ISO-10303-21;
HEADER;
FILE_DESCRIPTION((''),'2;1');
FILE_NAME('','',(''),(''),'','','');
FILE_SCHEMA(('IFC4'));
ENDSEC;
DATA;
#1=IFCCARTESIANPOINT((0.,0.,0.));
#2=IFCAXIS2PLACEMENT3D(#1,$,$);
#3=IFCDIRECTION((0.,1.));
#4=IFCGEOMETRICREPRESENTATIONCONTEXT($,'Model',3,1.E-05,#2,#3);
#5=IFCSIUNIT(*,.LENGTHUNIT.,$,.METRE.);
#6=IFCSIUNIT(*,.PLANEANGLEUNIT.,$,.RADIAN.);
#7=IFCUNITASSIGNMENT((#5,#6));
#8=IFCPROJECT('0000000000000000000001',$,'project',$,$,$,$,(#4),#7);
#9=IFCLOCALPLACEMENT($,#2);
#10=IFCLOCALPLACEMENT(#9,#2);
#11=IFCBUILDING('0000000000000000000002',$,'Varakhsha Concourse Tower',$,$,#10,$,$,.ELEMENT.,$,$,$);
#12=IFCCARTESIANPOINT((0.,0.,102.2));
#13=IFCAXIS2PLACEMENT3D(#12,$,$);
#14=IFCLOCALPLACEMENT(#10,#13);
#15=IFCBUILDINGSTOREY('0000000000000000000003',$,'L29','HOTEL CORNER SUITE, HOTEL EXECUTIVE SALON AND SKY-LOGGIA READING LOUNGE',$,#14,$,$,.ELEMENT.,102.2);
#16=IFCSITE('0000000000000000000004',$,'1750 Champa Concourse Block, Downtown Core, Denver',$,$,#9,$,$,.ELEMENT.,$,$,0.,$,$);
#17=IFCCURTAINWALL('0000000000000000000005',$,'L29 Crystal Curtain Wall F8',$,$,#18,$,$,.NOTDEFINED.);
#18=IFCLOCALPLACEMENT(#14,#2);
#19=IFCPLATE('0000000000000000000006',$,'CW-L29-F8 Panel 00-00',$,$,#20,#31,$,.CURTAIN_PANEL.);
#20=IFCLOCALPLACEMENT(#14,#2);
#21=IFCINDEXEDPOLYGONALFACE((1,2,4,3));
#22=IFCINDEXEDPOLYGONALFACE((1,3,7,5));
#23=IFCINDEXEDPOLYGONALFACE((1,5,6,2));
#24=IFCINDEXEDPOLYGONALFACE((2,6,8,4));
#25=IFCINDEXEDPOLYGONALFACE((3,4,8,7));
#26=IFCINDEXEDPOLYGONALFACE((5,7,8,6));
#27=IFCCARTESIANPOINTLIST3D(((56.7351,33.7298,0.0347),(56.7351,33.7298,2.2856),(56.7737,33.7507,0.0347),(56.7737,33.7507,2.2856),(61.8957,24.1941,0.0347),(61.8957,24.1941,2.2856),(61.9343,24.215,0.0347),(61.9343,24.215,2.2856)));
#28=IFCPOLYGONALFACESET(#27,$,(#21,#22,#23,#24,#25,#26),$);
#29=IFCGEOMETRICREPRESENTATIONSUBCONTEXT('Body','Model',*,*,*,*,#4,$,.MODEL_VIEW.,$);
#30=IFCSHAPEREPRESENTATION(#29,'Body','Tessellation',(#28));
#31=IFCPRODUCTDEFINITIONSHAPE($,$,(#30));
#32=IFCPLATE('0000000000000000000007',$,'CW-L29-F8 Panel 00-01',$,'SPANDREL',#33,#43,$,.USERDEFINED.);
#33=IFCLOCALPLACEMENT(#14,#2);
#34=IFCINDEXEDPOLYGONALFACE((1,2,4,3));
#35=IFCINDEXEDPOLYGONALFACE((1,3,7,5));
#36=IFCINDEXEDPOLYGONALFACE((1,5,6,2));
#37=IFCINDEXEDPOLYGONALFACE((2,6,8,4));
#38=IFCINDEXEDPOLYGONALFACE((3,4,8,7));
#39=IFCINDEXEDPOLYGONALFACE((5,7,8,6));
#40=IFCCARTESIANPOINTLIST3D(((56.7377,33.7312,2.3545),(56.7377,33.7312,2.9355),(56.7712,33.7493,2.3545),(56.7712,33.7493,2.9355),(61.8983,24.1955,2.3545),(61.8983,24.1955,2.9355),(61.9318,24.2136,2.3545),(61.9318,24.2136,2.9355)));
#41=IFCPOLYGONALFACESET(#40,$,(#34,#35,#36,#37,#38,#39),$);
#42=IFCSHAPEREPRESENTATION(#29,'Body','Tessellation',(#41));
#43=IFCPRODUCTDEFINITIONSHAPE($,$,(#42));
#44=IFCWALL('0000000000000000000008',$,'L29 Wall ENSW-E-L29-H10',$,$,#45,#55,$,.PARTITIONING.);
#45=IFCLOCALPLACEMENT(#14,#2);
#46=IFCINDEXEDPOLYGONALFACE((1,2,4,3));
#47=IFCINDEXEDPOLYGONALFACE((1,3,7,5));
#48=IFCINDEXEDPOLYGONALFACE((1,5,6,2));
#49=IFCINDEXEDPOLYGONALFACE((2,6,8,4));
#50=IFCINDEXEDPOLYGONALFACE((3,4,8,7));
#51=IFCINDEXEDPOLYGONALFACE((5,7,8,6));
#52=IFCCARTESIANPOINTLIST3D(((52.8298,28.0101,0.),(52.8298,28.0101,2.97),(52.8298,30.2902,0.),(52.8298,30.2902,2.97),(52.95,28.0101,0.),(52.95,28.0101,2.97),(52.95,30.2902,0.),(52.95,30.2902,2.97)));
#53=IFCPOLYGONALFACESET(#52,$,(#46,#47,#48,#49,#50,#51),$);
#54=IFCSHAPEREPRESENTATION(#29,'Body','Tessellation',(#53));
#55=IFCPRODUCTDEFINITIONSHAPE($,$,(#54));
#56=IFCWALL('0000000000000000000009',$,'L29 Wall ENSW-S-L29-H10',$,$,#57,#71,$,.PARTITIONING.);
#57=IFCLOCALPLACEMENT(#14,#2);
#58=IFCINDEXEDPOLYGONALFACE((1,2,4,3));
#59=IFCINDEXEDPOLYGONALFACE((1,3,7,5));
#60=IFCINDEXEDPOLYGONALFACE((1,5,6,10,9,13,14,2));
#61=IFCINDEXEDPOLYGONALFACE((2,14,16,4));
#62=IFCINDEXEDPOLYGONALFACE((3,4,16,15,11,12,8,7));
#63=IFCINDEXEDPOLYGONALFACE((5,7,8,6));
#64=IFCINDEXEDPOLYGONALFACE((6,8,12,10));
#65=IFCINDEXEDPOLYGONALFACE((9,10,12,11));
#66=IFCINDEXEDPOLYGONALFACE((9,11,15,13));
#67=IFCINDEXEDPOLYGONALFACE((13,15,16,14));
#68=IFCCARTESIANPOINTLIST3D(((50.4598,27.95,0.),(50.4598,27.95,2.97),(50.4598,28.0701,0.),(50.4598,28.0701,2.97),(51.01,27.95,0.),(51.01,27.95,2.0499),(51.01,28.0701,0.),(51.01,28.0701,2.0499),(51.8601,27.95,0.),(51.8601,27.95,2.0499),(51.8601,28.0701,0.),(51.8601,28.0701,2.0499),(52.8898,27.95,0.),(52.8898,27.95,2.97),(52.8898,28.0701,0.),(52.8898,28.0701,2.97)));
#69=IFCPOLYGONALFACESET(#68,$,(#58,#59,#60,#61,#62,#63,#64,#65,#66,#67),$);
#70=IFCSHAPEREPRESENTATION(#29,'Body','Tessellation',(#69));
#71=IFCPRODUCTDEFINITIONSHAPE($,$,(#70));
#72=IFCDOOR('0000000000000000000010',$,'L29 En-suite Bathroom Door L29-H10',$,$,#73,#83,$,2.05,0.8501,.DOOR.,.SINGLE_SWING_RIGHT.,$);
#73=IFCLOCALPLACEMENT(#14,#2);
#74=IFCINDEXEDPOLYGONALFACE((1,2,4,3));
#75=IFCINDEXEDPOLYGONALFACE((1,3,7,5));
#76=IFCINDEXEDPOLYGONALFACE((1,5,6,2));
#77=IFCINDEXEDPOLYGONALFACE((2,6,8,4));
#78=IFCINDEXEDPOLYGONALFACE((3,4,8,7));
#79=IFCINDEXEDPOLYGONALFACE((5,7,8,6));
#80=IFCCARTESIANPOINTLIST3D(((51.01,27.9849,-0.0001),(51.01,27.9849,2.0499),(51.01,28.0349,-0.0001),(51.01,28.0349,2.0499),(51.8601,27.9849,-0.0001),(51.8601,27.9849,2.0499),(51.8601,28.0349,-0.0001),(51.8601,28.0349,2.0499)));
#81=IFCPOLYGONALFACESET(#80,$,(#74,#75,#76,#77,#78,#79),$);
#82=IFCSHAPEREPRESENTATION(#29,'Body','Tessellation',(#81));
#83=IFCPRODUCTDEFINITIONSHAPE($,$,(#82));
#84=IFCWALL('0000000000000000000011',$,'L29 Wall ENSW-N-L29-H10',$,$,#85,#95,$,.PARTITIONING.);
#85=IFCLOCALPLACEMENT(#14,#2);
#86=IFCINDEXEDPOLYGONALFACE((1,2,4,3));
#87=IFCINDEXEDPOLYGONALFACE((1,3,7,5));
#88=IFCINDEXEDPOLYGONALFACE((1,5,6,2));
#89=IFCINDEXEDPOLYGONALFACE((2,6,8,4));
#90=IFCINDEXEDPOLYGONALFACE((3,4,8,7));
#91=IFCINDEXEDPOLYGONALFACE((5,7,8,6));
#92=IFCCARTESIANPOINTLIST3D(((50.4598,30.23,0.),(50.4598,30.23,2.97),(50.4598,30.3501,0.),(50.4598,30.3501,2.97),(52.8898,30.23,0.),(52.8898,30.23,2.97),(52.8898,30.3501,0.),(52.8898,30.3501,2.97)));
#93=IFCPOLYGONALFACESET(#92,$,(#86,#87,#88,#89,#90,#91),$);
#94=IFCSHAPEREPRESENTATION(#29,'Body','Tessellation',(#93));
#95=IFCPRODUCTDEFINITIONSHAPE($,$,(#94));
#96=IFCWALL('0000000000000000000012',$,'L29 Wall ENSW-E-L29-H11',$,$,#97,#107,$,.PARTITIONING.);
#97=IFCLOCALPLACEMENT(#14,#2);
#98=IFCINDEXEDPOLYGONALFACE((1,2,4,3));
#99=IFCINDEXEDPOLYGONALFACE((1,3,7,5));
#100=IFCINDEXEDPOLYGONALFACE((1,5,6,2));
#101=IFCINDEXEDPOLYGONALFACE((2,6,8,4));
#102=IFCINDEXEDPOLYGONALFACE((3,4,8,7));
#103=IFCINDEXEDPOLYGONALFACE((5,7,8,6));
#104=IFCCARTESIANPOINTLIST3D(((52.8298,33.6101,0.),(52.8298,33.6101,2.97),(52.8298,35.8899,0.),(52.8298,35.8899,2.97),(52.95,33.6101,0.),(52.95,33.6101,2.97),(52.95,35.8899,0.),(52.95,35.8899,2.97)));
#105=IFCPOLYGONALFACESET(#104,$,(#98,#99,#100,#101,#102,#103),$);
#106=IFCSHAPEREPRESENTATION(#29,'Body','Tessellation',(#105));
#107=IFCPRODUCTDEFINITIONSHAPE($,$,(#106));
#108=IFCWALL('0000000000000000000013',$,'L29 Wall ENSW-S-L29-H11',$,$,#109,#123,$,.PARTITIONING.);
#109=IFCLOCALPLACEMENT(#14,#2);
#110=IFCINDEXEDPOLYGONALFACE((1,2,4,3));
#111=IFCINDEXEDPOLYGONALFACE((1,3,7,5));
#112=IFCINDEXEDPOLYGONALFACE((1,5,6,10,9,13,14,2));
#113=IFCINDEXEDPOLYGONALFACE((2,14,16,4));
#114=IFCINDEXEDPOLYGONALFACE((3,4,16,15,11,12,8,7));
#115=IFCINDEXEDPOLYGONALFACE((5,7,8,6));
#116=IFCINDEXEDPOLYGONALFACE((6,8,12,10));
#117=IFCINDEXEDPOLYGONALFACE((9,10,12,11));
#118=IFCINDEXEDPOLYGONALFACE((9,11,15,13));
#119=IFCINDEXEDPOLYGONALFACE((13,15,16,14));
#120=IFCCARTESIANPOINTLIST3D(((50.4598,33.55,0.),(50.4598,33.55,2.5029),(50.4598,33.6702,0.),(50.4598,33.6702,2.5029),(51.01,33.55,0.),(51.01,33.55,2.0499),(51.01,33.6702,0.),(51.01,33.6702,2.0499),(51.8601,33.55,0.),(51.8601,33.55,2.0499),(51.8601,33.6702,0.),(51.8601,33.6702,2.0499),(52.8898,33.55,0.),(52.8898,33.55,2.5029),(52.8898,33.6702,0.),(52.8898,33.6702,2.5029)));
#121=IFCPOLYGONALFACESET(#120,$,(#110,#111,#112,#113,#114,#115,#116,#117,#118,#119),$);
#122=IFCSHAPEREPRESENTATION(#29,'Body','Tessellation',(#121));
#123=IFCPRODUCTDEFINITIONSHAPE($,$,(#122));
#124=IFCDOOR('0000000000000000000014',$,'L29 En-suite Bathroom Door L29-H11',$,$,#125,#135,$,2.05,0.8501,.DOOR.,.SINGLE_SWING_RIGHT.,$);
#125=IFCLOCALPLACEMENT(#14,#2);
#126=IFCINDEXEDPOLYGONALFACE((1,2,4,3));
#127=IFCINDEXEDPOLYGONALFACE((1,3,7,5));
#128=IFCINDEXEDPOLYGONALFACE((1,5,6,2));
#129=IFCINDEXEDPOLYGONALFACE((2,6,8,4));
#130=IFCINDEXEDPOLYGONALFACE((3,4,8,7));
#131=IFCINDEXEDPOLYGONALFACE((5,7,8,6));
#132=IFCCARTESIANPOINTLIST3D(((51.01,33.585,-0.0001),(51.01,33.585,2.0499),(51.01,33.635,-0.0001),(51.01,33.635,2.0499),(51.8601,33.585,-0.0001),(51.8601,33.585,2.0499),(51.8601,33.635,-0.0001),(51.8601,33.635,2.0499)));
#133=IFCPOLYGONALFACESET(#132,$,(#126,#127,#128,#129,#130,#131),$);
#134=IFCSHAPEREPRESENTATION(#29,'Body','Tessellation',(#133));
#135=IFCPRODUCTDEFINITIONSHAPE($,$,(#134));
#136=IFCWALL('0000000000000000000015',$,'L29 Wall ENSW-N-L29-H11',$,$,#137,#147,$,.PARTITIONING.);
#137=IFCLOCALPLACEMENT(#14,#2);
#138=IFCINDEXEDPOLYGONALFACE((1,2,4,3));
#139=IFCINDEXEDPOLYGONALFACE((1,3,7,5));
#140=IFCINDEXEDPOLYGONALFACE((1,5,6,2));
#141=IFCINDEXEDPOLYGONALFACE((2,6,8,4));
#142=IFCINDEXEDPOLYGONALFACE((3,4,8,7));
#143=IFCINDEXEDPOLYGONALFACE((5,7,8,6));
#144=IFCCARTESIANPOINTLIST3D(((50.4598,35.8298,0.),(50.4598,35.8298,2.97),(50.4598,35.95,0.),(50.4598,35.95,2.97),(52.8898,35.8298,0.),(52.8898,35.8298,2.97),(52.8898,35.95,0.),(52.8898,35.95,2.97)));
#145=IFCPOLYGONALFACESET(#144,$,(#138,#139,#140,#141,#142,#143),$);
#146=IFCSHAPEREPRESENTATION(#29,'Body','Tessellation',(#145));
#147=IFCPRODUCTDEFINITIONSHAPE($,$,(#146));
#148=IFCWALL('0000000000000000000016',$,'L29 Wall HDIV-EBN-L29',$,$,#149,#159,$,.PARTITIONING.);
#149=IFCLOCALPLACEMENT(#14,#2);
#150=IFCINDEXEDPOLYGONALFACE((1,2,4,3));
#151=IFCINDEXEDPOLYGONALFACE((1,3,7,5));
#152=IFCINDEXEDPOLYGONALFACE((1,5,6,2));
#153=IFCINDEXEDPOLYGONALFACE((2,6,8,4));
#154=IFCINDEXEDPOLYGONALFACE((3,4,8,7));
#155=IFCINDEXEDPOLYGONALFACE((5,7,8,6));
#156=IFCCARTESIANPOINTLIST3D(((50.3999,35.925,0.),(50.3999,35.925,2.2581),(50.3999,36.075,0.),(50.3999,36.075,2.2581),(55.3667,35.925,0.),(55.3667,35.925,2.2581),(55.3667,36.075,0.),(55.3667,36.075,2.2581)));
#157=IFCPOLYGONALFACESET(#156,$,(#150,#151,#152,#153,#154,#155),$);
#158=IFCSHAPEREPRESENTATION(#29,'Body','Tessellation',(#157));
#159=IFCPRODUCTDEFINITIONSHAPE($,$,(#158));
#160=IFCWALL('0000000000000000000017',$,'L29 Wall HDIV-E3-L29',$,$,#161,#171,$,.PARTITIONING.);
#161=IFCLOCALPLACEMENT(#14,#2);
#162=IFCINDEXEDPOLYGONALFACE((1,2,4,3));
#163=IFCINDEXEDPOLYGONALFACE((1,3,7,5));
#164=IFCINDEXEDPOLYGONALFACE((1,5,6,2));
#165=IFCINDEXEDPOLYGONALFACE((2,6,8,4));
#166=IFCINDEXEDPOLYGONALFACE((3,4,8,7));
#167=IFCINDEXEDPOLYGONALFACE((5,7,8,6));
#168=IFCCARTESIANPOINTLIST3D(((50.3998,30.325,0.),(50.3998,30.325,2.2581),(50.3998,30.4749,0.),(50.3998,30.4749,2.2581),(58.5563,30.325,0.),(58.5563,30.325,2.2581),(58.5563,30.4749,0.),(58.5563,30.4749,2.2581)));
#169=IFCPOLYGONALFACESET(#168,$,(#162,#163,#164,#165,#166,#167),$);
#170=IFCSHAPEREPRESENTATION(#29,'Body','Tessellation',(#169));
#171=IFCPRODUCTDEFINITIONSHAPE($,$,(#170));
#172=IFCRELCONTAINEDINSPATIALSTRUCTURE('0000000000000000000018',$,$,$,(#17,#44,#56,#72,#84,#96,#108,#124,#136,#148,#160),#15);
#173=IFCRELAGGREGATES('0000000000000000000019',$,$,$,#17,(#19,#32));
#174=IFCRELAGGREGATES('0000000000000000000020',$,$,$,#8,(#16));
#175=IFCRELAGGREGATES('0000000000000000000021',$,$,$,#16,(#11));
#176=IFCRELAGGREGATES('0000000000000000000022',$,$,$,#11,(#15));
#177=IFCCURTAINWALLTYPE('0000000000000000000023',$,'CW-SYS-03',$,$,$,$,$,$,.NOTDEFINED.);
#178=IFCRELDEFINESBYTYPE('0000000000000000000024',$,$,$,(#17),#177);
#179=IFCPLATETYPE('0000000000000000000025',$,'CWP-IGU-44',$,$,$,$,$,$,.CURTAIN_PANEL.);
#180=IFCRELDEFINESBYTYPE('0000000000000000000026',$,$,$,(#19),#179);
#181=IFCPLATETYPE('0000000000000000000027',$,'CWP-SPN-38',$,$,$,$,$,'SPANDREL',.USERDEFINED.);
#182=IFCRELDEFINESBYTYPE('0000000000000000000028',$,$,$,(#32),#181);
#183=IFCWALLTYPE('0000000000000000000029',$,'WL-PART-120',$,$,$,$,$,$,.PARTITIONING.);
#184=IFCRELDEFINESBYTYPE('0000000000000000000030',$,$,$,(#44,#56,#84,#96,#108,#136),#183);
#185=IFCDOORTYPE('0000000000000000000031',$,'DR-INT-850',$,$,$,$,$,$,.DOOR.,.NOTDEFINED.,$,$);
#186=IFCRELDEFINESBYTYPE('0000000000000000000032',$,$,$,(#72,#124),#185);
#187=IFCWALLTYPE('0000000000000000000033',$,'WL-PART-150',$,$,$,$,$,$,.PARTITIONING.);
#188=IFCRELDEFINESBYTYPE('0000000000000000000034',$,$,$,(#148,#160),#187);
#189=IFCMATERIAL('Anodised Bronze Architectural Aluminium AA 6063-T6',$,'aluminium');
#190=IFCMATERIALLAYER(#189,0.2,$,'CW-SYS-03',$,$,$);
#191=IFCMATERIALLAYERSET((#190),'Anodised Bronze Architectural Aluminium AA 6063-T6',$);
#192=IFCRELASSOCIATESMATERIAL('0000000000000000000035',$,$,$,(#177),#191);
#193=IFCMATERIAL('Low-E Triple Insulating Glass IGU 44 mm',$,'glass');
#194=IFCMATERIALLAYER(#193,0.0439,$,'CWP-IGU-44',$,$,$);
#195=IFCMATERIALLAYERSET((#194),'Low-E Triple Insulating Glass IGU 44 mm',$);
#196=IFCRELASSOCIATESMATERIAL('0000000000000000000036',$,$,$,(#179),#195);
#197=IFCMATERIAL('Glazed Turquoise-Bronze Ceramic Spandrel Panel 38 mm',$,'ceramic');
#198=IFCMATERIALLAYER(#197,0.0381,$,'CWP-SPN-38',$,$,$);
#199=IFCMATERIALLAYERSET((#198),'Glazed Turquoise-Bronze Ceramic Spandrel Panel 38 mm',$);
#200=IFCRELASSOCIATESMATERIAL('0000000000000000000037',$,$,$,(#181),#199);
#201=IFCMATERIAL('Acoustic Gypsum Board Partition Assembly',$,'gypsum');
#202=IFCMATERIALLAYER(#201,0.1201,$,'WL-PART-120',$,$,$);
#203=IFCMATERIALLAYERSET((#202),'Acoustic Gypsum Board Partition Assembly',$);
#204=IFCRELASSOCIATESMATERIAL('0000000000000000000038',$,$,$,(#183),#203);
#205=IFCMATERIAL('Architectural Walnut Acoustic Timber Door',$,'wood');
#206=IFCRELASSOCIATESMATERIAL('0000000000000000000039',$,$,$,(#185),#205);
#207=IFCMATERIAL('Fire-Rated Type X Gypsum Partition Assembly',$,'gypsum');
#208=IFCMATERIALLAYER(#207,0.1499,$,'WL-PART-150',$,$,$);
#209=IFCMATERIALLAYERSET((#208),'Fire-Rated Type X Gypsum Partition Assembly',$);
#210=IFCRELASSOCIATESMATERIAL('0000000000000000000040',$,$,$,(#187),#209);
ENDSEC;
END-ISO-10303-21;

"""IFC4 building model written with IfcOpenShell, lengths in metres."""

from ifc_helpers import new_model, si_unit, direction, frame, frame_2d, origin, origin_2d, place, context, subcontext, project, spatial, rectangle, extrude, source, transform, mapped, material, layer, layer_set, type_object, type_shapes, element, fill, aggregate, save


model = new_model("IFC4")

# Units and contexts
model_context = context("Model", 3, precision=1e-05, world=origin(), true_north=direction((0.0, 1.0)))
body_context = subcontext(model_context, "Body", "Model", "MODEL_VIEW")
ifc_project = project(units=[si_unit("LENGTHUNIT", "METRE"), si_unit("PLANEANGLEUNIT", "RADIAN")], contexts=[model_context])

# Site, building, storey
site_placement = place(None, origin())
site = spatial("IfcSite", under=ifc_project, at=site_placement, Name="1750 Champa Concourse Block, Downtown Core, Denver", CompositionType="ELEMENT", RefElevation=0.0)
building_placement = place(site_placement, origin())
building = spatial("IfcBuilding", under=site, at=building_placement, Name="Varakhsha Concourse Tower", CompositionType="ELEMENT")
storey_placement = place(building_placement, frame((0.0, 0.0, 102.2)))
storey = spatial("IfcBuildingStorey", under=building, at=storey_placement, Name="L29", Description="HOTEL CORNER SUITE, HOTEL EXECUTIVE SALON AND SKY-LOGGIA READING LOUNGE", CompositionType="ELEMENT", Elevation=102.2)

# Curtain wall
ifc_material_1 = material(Name="Anodised Bronze Architectural Aluminium AA 6063-T6", Category="aluminium")
ifc_layer_1 = layer(ifc_material_1, 0.2, Name="CW-SYS-03")
ifc_layer_set_1 = layer_set([ifc_layer_1], Name="Anodised Bronze Architectural Aluminium AA 6063-T6")
curtain_wall_type = type_object("IfcCurtainWallType", Name="CW-SYS-03", PredefinedType="NOTDEFINED", material=ifc_layer_set_1)
curtain_wall_1_placement = place(storey_placement, origin())
curtain_wall_1 = element("IfcCurtainWall", 1, at=curtain_wall_1_placement, inside=storey, type_object=curtain_wall_type, Name="L29 Crystal Curtain Wall F8", PredefinedType="NOTDEFINED")

# Plates
ifc_material_2 = material(Name="Low-E Triple Insulating Glass IGU 44 mm", Category="glass")
ifc_layer_2 = layer(ifc_material_2, 0.0439, Name="CWP-IGU-44")
ifc_layer_set_2 = layer_set([ifc_layer_2], Name="Low-E Triple Insulating Glass IGU 44 mm")
plate_type_1 = type_object("IfcPlateType", Name="CWP-IGU-44", PredefinedType="CURTAIN_PANEL", material=ifc_layer_set_2)
shared_shape_1 = source(origin(), body_context, "Body", "SweptSolid", [
    extrude(rectangle(XDim=10.8425, YDim=0.0439, at=origin_2d()), origin(), (0.0, 0.0, 1.0), 2.251),
])
type_shapes(plate_type_1, [shared_shape_1])
plate_1_placement = place(storey_placement, frame((59.3347, 28.9724, 0.0347), z_axis=(0.0, 0.0, 1.0), x_axis=(0.475959, -0.879468, 0.0)))
plate_1 = element("IfcPlate", 2, at=plate_1_placement, type_object=plate_type_1, Name="CW-L29-F8 Panel 00-00", PredefinedType="CURTAIN_PANEL", context=body_context, shape_type="MappedRepresentation", body=[
    mapped(shared_shape_1, transform((0.0, 0.0, 0.0), scale=1.0)),
])
ifc_material_3 = material(Name="Glazed Turquoise-Bronze Ceramic Spandrel Panel 38 mm", Category="ceramic")
ifc_layer_3 = layer(ifc_material_3, 0.0381, Name="CWP-SPN-38")
ifc_layer_set_3 = layer_set([ifc_layer_3], Name="Glazed Turquoise-Bronze Ceramic Spandrel Panel 38 mm")
plate_type_2 = type_object("IfcPlateType", Name="CWP-SPN-38", ElementType="SPANDREL", PredefinedType="USERDEFINED", material=ifc_layer_set_3)
shared_shape_2 = source(origin(), body_context, "Body", "SweptSolid", [
    extrude(rectangle(XDim=10.8425, YDim=0.0381, at=origin_2d()), origin(), (0.0, 0.0, 1.0), 0.5811),
])
type_shapes(plate_type_2, [shared_shape_2])
plate_2_placement = place(storey_placement, frame((59.3347, 28.9724, 2.3545), z_axis=(0.0, 0.0, 1.0), x_axis=(0.475959, -0.879468, 0.0)))
plate_2 = element("IfcPlate", 3, at=plate_2_placement, type_object=plate_type_2, Name="CW-L29-F8 Panel 00-01", ObjectType="SPANDREL", PredefinedType="USERDEFINED", context=body_context, shape_type="MappedRepresentation", body=[
    mapped(shared_shape_2, transform((0.0, 0.0, 0.0), scale=1.0)),
])
aggregate(curtain_wall_1, [plate_1, plate_2])

# Wall
ifc_material_4 = material(Name="Acoustic Gypsum Board Partition Assembly", Category="gypsum")
ifc_layer_4 = layer(ifc_material_4, 0.1201, Name="WL-PART-120")
ifc_layer_set_4 = layer_set([ifc_layer_4], Name="Acoustic Gypsum Board Partition Assembly")
wall_type_1 = type_object("IfcWallType", Name="WL-PART-120", PredefinedType="PARTITIONING", material=ifc_layer_set_4)
wall_1_placement = place(storey_placement, frame((52.8899, 28.01, 0.0), z_axis=(0.0, 0.0, 1.0), x_axis=(0.0, 1.0, 0.0)))
element("IfcWall", 4, at=wall_1_placement, inside=storey, type_object=wall_type_1, Name="L29 Wall ENSW-E-L29-H10", PredefinedType="PARTITIONING", context=body_context, shape_type="SweptSolid", body=[
    extrude(rectangle(XDim=2.28, YDim=0.1201, at=frame_2d((1.1401, 0.0))), origin(), (0.0, 0.0, 1.0), 2.97),
])

# Wall, opening, door
wall_2_placement = place(storey_placement, frame((50.46, 28.01, 0.0), z_axis=(0.0, 0.0, 1.0), x_axis=(1.0, 0.0, 0.0)))
wall_2 = element("IfcWall", 5, at=wall_2_placement, inside=storey, type_object=wall_type_1, Name="L29 Wall ENSW-S-L29-H10", PredefinedType="PARTITIONING", context=body_context, shape_type="SweptSolid", body=[
    extrude(rectangle(XDim=2.4299, YDim=0.1201, at=frame_2d((1.2148, 0.0))), origin(), (0.0, 0.0, 1.0), 2.97),
])
opening_1_placement = place(wall_2_placement, frame((0.55, 0.0, 0.0)))
opening_1 = element("IfcOpeningElement", 6, at=opening_1_placement, cuts=wall_2, PredefinedType="OPENING", context=body_context, shape_type="SweptSolid", body=[
    extrude(rectangle(XDim=0.8501, YDim=2.05, at=frame_2d((0.425, 1.0249))), frame((0.0, 0.0701, 0.0), z_axis=(0.0, -1.0, 0.0), x_axis=(1.0, 0.0, 0.0)), (0.0, 0.0, 1.0), 0.1401),
])
ifc_material_5 = material(Name="Architectural Walnut Acoustic Timber Door", Category="wood")
door_type = type_object("IfcDoorType", Name="DR-INT-850", OperationType="NOTDEFINED", PredefinedType="DOOR", material=ifc_material_5)
door_1_placement = place(opening_1_placement, origin())
door_1 = element("IfcDoor", 7, at=door_1_placement, inside=storey, type_object=door_type, Name="L29 En-suite Bathroom Door L29-H10", OperationType="SINGLE_SWING_RIGHT", OverallHeight=2.05, OverallWidth=0.8501, PredefinedType="DOOR", context=body_context, shape_type="SweptSolid", body=[
    extrude(rectangle(XDim=0.8501, YDim=2.05, at=frame_2d((0.425, 1.0249))), frame((0.0, 0.0249, 0.0), z_axis=(0.0, -1.0, 0.0), x_axis=(1.0, 0.0, 0.0)), (0.0, 0.0, 1.0), 0.05),
])
fill(opening_1, door_1)

# Walls
wall_3_placement = place(storey_placement, frame((50.46, 30.29, 0.0), z_axis=(0.0, 0.0, 1.0), x_axis=(1.0, 0.0, 0.0)))
element("IfcWall", 8, at=wall_3_placement, inside=storey, type_object=wall_type_1, Name="L29 Wall ENSW-N-L29-H10", PredefinedType="PARTITIONING", context=body_context, shape_type="SweptSolid", body=[
    extrude(rectangle(XDim=2.4299, YDim=0.1201, at=frame_2d((1.2148, 0.0))), origin(), (0.0, 0.0, 1.0), 2.97),
])
wall_4_placement = place(storey_placement, frame((52.8899, 33.6101, 0.0), z_axis=(0.0, 0.0, 1.0), x_axis=(0.0, 1.0, 0.0)))
element("IfcWall", 9, at=wall_4_placement, inside=storey, type_object=wall_type_1, Name="L29 Wall ENSW-E-L29-H11", PredefinedType="PARTITIONING", context=body_context, shape_type="SweptSolid", body=[
    extrude(rectangle(XDim=2.2798, YDim=0.1201, at=frame_2d((1.1399, 0.0))), origin(), (0.0, 0.0, 1.0), 2.97),
])

# Wall, opening, door
wall_5_placement = place(storey_placement, frame((50.46, 33.6101, 0.0), z_axis=(0.0, 0.0, 1.0), x_axis=(1.0, 0.0, 0.0)))
wall_5 = element("IfcWall", 10, at=wall_5_placement, inside=storey, type_object=wall_type_1, Name="L29 Wall ENSW-S-L29-H11", PredefinedType="PARTITIONING", context=body_context, shape_type="SweptSolid", body=[
    extrude(rectangle(XDim=2.4299, YDim=0.1201, at=frame_2d((1.2148, 0.0))), origin(), (0.0, 0.0, 1.0), 2.5029),
])
opening_2_placement = place(wall_5_placement, frame((0.55, 0.0, 0.0)))
opening_2 = element("IfcOpeningElement", 11, at=opening_2_placement, cuts=wall_5, PredefinedType="OPENING", context=body_context, shape_type="SweptSolid", body=[
    extrude(rectangle(XDim=0.8501, YDim=2.05, at=frame_2d((0.425, 1.0249))), frame((0.0, 0.0701, 0.0), z_axis=(0.0, -1.0, 0.0), x_axis=(1.0, 0.0, 0.0)), (0.0, 0.0, 1.0), 0.1401),
])
door_2_placement = place(opening_2_placement, origin())
door_2 = element("IfcDoor", 12, at=door_2_placement, inside=storey, type_object=door_type, Name="L29 En-suite Bathroom Door L29-H11", OperationType="SINGLE_SWING_RIGHT", OverallHeight=2.05, OverallWidth=0.8501, PredefinedType="DOOR", context=body_context, shape_type="SweptSolid", body=[
    extrude(rectangle(XDim=0.8501, YDim=2.05, at=frame_2d((0.425, 1.0249))), frame((0.0, 0.0249, 0.0), z_axis=(0.0, -1.0, 0.0), x_axis=(1.0, 0.0, 0.0)), (0.0, 0.0, 1.0), 0.05),
])
fill(opening_2, door_2)

# Walls
wall_6_placement = place(storey_placement, frame((50.46, 35.8899, 0.0), z_axis=(0.0, 0.0, 1.0), x_axis=(1.0, 0.0, 0.0)))
element("IfcWall", 13, at=wall_6_placement, inside=storey, type_object=wall_type_1, Name="L29 Wall ENSW-N-L29-H11", PredefinedType="PARTITIONING", context=body_context, shape_type="SweptSolid", body=[
    extrude(rectangle(XDim=2.4299, YDim=0.1201, at=frame_2d((1.2148, 0.0))), origin(), (0.0, 0.0, 1.0), 2.97),
])
ifc_material_6 = material(Name="Fire-Rated Type X Gypsum Partition Assembly", Category="gypsum")
ifc_layer_5 = layer(ifc_material_6, 0.1499, Name="WL-PART-150")
ifc_layer_set_5 = layer_set([ifc_layer_5], Name="Fire-Rated Type X Gypsum Partition Assembly")
wall_type_2 = type_object("IfcWallType", Name="WL-PART-150", PredefinedType="PARTITIONING", material=ifc_layer_set_5)
wall_7_placement = place(storey_placement, frame((50.3999, 36.0, 0.0), z_axis=(0.0, 0.0, 1.0), x_axis=(1.0, 0.0, 0.0)))
element("IfcWall", 14, at=wall_7_placement, inside=storey, type_object=wall_type_2, Name="L29 Wall HDIV-EBN-L29", PredefinedType="PARTITIONING", context=body_context, shape_type="SweptSolid", body=[
    extrude(rectangle(XDim=4.9668, YDim=0.1499, at=frame_2d((2.4834, 0.0))), origin(), (0.0, 0.0, 1.0), 2.2581),
])
wall_8_placement = place(storey_placement, frame((50.3999, 30.3999, 0.0), z_axis=(0.0, 0.0, 1.0), x_axis=(1.0, 0.0, 0.0)))
element("IfcWall", 15, at=wall_8_placement, inside=storey, type_object=wall_type_2, Name="L29 Wall HDIV-E3-L29", PredefinedType="PARTITIONING", context=body_context, shape_type="SweptSolid", body=[
    extrude(rectangle(XDim=8.1565, YDim=0.1499, at=frame_2d((4.0781, 0.0))), origin(), (0.0, 0.0, 1.0), 2.2581),
])

save(model, "model.ifc")
